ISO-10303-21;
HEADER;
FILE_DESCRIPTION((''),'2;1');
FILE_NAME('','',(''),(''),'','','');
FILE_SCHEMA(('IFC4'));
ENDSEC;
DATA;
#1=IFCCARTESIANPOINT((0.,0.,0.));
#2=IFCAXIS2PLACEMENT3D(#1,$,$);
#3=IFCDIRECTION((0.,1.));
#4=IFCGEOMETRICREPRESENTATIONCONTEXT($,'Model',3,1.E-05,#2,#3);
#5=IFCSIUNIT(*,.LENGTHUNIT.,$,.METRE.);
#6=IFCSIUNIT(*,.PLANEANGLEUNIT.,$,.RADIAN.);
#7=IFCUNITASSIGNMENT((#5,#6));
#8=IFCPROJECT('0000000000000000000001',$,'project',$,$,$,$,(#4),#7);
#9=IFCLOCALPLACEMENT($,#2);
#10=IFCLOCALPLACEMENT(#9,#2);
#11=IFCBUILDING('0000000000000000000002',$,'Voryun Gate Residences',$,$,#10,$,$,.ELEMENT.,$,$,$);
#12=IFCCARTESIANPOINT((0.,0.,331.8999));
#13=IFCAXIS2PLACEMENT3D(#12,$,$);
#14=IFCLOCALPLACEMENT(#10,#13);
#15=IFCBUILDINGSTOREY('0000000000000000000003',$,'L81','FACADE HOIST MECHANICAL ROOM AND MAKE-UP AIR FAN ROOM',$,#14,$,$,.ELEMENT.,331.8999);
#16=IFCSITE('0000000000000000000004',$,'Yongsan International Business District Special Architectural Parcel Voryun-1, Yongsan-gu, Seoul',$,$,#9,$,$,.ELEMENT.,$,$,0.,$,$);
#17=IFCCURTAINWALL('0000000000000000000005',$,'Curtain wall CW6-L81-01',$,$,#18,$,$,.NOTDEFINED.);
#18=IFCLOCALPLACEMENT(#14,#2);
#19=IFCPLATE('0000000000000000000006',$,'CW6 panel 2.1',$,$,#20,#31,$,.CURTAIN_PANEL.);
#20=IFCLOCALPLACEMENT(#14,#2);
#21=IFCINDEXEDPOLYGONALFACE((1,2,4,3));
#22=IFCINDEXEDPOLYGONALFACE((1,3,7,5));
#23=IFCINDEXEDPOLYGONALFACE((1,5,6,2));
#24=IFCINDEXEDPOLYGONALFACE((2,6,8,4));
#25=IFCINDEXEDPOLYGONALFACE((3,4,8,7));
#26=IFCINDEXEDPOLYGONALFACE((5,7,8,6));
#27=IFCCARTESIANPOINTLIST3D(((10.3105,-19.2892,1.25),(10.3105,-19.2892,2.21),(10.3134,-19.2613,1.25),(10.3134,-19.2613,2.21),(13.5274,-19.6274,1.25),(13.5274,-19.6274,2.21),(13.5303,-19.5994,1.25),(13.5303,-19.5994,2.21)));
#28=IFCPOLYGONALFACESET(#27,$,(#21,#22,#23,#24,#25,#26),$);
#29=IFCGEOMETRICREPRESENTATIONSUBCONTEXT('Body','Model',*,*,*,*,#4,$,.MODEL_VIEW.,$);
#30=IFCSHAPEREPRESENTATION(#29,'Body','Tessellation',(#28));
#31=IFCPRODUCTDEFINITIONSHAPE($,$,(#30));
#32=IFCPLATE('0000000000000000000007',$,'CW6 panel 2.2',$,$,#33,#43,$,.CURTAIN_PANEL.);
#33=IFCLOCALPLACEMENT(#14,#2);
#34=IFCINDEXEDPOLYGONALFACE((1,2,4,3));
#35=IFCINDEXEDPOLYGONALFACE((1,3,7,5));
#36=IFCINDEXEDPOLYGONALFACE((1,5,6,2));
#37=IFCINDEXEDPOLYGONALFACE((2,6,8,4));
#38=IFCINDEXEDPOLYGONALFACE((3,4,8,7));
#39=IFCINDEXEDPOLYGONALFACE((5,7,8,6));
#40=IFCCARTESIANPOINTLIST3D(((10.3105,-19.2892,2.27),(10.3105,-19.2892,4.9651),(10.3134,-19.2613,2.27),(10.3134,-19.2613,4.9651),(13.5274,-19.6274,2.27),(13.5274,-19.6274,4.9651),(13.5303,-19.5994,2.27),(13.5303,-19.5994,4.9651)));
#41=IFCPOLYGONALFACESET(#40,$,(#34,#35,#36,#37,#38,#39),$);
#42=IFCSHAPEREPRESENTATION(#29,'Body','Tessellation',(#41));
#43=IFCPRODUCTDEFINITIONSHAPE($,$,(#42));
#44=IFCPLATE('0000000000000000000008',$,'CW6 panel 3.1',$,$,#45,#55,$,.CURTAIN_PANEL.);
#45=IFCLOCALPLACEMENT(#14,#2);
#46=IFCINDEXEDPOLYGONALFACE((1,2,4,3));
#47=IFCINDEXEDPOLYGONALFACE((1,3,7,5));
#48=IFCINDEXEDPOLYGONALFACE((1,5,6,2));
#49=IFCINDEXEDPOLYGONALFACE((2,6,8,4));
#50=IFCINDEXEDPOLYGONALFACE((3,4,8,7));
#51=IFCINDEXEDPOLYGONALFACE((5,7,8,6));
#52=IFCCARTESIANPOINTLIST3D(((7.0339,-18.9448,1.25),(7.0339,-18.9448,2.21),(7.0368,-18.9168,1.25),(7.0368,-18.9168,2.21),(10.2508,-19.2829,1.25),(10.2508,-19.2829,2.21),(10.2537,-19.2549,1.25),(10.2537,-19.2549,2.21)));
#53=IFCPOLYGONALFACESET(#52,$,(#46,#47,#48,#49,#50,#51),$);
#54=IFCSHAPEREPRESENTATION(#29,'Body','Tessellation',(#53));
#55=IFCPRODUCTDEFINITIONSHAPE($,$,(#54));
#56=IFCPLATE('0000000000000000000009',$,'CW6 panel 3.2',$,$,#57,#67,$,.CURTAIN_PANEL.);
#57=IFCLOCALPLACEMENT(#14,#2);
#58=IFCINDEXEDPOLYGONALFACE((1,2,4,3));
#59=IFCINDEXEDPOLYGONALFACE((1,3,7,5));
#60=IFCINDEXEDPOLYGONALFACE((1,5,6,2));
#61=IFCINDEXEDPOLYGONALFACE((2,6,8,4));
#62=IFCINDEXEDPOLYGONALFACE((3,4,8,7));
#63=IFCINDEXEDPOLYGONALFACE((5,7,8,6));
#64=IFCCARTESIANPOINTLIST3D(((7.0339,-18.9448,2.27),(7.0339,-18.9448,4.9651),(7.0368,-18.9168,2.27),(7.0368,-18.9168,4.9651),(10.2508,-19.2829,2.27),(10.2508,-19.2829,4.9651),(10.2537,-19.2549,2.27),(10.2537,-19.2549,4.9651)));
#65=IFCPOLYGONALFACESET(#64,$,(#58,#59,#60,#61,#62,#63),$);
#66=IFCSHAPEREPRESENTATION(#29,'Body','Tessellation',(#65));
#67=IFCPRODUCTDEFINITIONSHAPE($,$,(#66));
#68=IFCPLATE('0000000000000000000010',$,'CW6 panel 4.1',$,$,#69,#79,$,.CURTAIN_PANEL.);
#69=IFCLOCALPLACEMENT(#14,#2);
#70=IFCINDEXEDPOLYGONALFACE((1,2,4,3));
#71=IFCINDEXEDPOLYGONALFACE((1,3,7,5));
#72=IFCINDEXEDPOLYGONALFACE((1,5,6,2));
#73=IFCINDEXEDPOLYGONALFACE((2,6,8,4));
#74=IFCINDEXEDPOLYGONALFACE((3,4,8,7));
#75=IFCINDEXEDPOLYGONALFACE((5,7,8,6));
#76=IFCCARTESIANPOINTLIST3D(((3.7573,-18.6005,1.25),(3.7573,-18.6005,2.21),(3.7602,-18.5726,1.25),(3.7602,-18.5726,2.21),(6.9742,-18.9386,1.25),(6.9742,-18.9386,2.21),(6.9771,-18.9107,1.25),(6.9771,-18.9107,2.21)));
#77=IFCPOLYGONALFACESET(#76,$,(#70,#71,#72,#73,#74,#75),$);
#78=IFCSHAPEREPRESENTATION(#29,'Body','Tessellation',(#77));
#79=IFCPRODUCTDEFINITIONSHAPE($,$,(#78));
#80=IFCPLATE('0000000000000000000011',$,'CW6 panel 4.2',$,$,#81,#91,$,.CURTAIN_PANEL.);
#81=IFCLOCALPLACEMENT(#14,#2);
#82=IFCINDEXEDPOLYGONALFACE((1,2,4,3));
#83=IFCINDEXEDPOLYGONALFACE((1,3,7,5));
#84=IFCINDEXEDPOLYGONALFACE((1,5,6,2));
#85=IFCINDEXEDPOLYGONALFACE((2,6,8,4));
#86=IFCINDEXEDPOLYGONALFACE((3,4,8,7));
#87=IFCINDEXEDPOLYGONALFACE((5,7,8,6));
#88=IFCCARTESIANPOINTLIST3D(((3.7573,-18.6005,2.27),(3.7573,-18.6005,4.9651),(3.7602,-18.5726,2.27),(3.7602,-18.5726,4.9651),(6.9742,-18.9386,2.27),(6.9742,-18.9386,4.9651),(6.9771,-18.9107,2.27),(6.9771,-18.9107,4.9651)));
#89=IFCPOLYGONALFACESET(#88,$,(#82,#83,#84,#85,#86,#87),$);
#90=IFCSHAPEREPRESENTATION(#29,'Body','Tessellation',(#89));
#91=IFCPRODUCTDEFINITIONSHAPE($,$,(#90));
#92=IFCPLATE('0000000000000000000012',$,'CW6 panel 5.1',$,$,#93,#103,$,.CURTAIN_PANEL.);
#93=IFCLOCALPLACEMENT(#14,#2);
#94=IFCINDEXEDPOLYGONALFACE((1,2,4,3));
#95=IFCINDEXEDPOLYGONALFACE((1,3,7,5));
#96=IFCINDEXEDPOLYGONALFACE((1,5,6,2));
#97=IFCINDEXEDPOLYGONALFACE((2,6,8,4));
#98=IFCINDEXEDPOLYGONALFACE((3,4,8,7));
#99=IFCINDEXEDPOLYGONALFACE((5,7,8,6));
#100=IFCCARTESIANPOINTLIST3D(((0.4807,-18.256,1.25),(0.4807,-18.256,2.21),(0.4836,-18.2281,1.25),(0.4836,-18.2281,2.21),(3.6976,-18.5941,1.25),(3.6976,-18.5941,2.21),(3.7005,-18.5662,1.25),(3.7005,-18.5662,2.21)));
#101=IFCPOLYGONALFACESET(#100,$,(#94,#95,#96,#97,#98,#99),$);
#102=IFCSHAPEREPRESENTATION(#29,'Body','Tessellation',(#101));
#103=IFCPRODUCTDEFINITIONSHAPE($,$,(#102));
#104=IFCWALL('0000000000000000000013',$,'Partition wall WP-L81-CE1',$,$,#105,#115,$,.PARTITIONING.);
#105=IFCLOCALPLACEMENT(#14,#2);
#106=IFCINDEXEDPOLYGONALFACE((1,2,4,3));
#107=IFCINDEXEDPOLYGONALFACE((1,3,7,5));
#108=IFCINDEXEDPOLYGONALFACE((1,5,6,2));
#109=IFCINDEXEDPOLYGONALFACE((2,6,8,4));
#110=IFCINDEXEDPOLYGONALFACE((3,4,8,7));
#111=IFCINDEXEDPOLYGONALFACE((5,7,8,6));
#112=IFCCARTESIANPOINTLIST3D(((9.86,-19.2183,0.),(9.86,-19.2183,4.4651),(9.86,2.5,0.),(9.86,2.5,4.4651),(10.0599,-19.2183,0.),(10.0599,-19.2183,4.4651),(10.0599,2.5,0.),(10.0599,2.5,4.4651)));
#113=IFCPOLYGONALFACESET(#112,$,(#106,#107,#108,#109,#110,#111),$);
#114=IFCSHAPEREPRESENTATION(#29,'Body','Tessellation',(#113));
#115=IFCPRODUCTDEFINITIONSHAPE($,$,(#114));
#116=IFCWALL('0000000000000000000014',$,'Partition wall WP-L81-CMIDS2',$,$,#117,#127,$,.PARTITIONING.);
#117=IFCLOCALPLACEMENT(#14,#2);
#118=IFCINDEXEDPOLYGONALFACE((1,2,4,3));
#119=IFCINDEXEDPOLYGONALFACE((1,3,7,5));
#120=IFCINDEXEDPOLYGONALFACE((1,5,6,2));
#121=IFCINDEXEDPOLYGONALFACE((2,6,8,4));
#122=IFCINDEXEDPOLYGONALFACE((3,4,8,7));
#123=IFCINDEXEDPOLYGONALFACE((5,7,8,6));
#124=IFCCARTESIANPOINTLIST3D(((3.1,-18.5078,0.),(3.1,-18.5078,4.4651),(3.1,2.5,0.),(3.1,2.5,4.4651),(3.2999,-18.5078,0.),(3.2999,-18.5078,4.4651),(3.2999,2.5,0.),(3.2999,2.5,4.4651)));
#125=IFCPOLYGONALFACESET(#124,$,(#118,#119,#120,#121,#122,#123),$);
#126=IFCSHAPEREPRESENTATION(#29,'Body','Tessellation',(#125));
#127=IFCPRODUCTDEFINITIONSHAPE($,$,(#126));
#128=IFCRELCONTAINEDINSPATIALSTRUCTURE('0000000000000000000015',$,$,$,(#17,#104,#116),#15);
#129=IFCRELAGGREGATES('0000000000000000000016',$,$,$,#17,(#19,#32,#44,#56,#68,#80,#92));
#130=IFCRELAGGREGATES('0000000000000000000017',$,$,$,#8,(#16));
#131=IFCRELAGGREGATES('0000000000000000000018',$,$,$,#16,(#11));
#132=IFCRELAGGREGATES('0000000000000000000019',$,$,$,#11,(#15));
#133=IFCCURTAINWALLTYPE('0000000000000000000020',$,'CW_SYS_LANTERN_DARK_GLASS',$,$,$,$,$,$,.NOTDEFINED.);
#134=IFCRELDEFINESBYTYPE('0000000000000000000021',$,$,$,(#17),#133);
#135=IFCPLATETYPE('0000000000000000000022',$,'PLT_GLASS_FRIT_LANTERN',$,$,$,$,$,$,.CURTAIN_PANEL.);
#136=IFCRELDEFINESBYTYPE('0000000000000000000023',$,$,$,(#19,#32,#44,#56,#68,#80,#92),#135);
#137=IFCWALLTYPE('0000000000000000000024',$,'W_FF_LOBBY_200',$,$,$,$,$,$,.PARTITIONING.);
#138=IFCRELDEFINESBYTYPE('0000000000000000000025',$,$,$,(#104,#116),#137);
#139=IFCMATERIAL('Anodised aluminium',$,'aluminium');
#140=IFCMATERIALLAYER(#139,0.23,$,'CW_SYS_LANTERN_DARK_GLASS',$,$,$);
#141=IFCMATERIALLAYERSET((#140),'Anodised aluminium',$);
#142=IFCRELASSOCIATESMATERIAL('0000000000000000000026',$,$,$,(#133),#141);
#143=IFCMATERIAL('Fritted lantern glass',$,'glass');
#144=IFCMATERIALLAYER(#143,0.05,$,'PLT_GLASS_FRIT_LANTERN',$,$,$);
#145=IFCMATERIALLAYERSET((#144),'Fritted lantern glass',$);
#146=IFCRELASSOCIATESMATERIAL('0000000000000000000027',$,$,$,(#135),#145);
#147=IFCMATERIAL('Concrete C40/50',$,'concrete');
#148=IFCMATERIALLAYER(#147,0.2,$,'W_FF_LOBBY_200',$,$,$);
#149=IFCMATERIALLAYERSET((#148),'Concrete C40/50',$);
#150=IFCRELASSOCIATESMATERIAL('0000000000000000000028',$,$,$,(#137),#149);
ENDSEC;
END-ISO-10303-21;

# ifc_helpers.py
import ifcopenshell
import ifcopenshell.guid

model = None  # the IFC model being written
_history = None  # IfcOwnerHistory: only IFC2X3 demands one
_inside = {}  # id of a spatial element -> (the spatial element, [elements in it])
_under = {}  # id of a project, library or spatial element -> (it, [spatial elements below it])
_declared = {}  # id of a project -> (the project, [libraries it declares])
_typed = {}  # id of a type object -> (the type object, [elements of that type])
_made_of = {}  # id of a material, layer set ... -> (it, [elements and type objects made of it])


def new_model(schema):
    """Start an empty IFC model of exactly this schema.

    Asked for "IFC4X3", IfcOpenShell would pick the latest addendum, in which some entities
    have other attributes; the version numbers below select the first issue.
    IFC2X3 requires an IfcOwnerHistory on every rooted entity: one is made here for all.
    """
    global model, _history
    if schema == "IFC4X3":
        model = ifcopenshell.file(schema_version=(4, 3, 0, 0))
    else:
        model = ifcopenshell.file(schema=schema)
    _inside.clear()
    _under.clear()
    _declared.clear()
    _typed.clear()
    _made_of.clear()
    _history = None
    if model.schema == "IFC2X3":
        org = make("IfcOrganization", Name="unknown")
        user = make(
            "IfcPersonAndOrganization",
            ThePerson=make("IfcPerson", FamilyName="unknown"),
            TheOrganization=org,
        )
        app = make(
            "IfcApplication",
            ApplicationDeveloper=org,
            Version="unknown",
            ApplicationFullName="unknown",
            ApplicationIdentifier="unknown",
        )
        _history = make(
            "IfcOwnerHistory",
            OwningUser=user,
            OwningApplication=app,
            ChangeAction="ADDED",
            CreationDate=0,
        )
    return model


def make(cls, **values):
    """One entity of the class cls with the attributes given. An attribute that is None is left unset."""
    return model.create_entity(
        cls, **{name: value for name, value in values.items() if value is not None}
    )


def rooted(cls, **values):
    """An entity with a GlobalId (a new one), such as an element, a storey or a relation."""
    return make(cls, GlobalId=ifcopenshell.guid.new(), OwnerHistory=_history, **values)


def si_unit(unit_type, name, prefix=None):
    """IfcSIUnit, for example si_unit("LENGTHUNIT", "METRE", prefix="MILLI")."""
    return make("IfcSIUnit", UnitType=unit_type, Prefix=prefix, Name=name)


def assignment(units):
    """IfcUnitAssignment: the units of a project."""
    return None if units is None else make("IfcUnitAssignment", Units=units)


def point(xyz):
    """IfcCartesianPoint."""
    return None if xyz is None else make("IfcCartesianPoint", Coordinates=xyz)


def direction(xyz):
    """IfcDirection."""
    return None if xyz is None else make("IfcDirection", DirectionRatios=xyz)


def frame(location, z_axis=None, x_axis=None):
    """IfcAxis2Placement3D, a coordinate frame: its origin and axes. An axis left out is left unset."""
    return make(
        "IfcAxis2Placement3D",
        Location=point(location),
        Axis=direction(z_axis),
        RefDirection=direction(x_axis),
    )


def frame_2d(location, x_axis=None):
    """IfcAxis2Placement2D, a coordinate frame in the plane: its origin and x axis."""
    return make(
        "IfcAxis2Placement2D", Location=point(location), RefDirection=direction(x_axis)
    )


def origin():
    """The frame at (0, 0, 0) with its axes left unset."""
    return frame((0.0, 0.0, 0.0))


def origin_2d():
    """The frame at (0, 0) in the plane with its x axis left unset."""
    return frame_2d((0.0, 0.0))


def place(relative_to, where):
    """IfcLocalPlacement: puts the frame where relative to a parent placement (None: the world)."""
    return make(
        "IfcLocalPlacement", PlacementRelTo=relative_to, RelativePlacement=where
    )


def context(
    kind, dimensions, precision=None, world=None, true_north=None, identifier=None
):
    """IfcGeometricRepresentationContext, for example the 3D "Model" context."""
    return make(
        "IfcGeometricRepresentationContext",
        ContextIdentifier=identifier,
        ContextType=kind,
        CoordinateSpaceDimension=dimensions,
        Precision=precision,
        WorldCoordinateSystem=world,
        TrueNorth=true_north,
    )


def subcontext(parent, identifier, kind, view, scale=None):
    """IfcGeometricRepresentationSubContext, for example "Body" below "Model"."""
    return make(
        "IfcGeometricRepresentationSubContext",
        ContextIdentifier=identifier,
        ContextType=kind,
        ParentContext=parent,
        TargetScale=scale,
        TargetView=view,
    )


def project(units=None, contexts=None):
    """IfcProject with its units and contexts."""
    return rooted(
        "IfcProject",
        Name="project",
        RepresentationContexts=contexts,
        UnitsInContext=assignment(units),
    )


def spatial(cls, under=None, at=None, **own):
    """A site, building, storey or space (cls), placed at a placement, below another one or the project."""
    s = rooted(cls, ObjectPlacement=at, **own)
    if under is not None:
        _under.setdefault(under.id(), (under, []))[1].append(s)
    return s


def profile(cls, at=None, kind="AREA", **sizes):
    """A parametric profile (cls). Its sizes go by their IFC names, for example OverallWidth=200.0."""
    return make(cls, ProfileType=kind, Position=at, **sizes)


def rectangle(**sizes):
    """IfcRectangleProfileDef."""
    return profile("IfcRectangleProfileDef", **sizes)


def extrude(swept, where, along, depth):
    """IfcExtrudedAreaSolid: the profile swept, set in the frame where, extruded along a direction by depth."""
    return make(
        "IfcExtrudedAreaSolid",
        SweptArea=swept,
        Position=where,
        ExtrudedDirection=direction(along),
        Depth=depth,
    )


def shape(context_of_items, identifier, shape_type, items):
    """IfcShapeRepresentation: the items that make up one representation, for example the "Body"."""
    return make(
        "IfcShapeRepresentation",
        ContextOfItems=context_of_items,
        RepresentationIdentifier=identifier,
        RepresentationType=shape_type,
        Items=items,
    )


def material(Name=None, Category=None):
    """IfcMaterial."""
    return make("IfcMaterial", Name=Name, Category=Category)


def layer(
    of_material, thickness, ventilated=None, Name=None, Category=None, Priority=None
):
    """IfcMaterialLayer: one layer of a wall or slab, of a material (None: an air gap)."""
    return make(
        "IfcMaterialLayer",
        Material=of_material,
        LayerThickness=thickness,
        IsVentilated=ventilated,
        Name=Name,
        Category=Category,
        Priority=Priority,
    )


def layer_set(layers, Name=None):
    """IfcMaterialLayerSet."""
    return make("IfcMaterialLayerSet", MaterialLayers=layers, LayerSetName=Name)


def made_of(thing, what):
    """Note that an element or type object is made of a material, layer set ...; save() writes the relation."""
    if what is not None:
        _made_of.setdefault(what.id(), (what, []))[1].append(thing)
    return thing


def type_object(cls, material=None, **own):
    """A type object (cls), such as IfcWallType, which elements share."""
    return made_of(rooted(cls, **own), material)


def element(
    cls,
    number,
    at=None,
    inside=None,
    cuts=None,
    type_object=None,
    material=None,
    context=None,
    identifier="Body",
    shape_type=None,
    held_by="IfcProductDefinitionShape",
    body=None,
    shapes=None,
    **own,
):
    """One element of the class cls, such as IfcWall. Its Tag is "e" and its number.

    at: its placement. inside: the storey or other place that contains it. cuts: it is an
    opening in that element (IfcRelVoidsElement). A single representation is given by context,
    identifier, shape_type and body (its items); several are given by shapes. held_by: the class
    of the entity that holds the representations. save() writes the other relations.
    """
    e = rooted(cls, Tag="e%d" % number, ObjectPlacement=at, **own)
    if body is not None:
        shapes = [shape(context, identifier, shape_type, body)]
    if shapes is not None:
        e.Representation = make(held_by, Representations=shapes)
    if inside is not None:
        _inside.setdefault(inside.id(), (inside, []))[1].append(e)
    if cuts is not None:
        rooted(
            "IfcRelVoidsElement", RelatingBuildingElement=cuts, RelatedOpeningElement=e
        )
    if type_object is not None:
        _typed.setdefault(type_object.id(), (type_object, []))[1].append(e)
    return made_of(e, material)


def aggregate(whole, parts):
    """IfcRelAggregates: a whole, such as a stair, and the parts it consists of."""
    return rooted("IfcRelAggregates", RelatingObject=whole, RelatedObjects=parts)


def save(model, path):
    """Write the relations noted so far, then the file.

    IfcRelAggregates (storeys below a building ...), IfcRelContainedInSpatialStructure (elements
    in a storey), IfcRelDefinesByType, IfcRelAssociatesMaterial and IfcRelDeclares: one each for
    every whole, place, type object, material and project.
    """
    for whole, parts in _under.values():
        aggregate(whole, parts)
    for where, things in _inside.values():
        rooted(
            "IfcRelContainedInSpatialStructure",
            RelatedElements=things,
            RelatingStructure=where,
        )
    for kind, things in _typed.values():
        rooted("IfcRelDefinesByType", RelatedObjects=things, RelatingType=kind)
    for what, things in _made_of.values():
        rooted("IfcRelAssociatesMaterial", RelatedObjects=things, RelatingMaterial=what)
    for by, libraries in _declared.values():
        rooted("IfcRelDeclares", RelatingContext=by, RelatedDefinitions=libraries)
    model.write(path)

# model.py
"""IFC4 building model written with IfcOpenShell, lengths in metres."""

from ifc_helpers import new_model, si_unit, direction, frame, frame_2d, origin, origin_2d, place, context, subcontext, project, spatial, rectangle, extrude, material, layer, layer_set, type_object, element, aggregate, save


model = new_model("IFC4")

# Units and contexts
model_context = context("Model", 3, precision=1e-05, world=origin(), true_north=direction((0.0, 1.0)))
body_context = subcontext(model_context, "Body", "Model", "MODEL_VIEW")
ifc_project = project(units=[si_unit("LENGTHUNIT", "METRE"), si_unit("PLANEANGLEUNIT", "RADIAN")], contexts=[model_context])

# Site, building, storey
site_placement = place(None, origin())
site = spatial("IfcSite", under=ifc_project, at=site_placement, Name="Yongsan International Business District Special Architectural Parcel Voryun-1, Yongsan-gu, Seoul", CompositionType="ELEMENT", RefElevation=0.0)
building_placement = place(site_placement, origin())
building = spatial("IfcBuilding", under=site, at=building_placement, Name="Voryun Gate Residences", CompositionType="ELEMENT")
storey_placement = place(building_placement, frame((0.0, 0.0, 331.8999)))
storey = spatial("IfcBuildingStorey", under=building, at=storey_placement, Name="L81", Description="FACADE HOIST MECHANICAL ROOM AND MAKE-UP AIR FAN ROOM", CompositionType="ELEMENT", Elevation=331.8999)

# Curtain wall
ifc_material_1 = material(Name="Anodised aluminium", Category="aluminium")
ifc_layer_1 = layer(ifc_material_1, 0.23, Name="CW_SYS_LANTERN_DARK_GLASS")
ifc_layer_set_1 = layer_set([ifc_layer_1], Name="Anodised aluminium")
curtain_wall_type = type_object("IfcCurtainWallType", Name="CW_SYS_LANTERN_DARK_GLASS", PredefinedType="NOTDEFINED", material=ifc_layer_set_1)
curtain_wall_placement = place(storey_placement, origin())
curtain_wall = element("IfcCurtainWall", 1, at=curtain_wall_placement, inside=storey, type_object=curtain_wall_type, Name="Curtain wall CW6-L81-01", PredefinedType="NOTDEFINED")

# Plates
ifc_material_2 = material(Name="Fritted lantern glass", Category="glass")
ifc_layer_2 = layer(ifc_material_2, 0.05, Name="PLT_GLASS_FRIT_LANTERN")
ifc_layer_set_2 = layer_set([ifc_layer_2], Name="Fritted lantern glass")
plate_type_1 = type_object("IfcPlateType", Name="PLT_GLASS_FRIT_LANTERN", PredefinedType="CURTAIN_PANEL", material=ifc_layer_set_2)
plate_1_placement = place(storey_placement, frame((11.9204, -19.4443, 1.25), z_axis=(0.0, 0.0, 1.0), x_axis=(-0.994522, 0.104528, 0.0)))
plate_1 = element("IfcPlate", 2, at=plate_1_placement, type_object=plate_type_1, Name="CW6 panel 2.1", PredefinedType="CURTAIN_PANEL", context=body_context, shape_type="SweptSolid", body=[
    extrude(rectangle(XDim=3.2346, YDim=0.0281, at=origin_2d()), origin(), (0.0, 0.0, 1.0), 0.96),
])
plate_2_placement = place(storey_placement, frame((11.9204, -19.4443, 2.27), z_axis=(0.0, 0.0, 1.0), x_axis=(-0.994522, 0.104528, 0.0)))
plate_2 = element("IfcPlate", 3, at=plate_2_placement, type_object=plate_type_1, Name="CW6 panel 2.2", PredefinedType="CURTAIN_PANEL", context=body_context, shape_type="SweptSolid", body=[
    extrude(rectangle(XDim=3.2346, YDim=0.0281, at=origin_2d()), origin(), (0.0, 0.0, 1.0), 2.6951),
])
plate_3_placement = place(storey_placement, frame((8.6438, -19.0999, 1.25), z_axis=(0.0, 0.0, 1.0), x_axis=(-0.994522, 0.104528, 0.0)))
plate_3 = element("IfcPlate", 4, at=plate_3_placement, type_object=plate_type_1, Name="CW6 panel 3.1", PredefinedType="CURTAIN_PANEL", context=body_context, shape_type="SweptSolid", body=[
    extrude(rectangle(XDim=3.2346, YDim=0.0281, at=origin_2d()), origin(), (0.0, 0.0, 1.0), 0.96),
])
plate_4_placement = place(storey_placement, frame((8.6438, -19.0999, 2.27), z_axis=(0.0, 0.0, 1.0), x_axis=(-0.994522, 0.104528, 0.0)))
plate_4 = element("IfcPlate", 5, at=plate_4_placement, type_object=plate_type_1, Name="CW6 panel 3.2", PredefinedType="CURTAIN_PANEL", context=body_context, shape_type="SweptSolid", body=[
    extrude(rectangle(XDim=3.2346, YDim=0.0281, at=origin_2d()), origin(), (0.0, 0.0, 1.0), 2.6951),
])
plate_5_placement = place(storey_placement, frame((5.3672, -18.7556, 1.25), z_axis=(0.0, 0.0, 1.0), x_axis=(-0.994522, 0.104528, 0.0)))
plate_5 = element("IfcPlate", 6, at=plate_5_placement, type_object=plate_type_1, Name="CW6 panel 4.1", PredefinedType="CURTAIN_PANEL", context=body_context, shape_type="SweptSolid", body=[
    extrude(rectangle(XDim=3.2346, YDim=0.0281, at=origin_2d()), origin(), (0.0, 0.0, 1.0), 0.96),
])
plate_6_placement = place(storey_placement, frame((5.3672, -18.7556, 2.27), z_axis=(0.0, 0.0, 1.0), x_axis=(-0.994522, 0.104528, 0.0)))
plate_6 = element("IfcPlate", 7, at=plate_6_placement, type_object=plate_type_1, Name="CW6 panel 4.2", PredefinedType="CURTAIN_PANEL", context=body_context, shape_type="SweptSolid", body=[
    extrude(rectangle(XDim=3.2346, YDim=0.0281, at=origin_2d()), origin(), (0.0, 0.0, 1.0), 2.6951),
])
plate_7_placement = place(storey_placement, frame((2.0906, -18.4111, 1.25), z_axis=(0.0, 0.0, 1.0), x_axis=(-0.994522, 0.104528, 0.0)))
plate_7 = element("IfcPlate", 8, at=plate_7_placement, type_object=plate_type_1, Name="CW6 panel 5.1", PredefinedType="CURTAIN_PANEL", context=body_context, shape_type="SweptSolid", body=[
    extrude(rectangle(XDim=3.2346, YDim=0.0281, at=origin_2d()), origin(), (0.0, 0.0, 1.0), 0.96),
])
aggregate(curtain_wall, [plate_1, plate_2, plate_3, plate_4, plate_5, plate_6, plate_7])

# Walls
ifc_material_3 = material(Name="Concrete C40/50", Category="concrete")
ifc_layer_3 = layer(ifc_material_3, 0.2, Name="W_FF_LOBBY_200")
ifc_layer_set_3 = layer_set([ifc_layer_3], Name="Concrete C40/50")
wall_type = type_object("IfcWallType", Name="W_FF_LOBBY_200", PredefinedType="PARTITIONING", material=ifc_layer_set_3)
wall_1_placement = place(storey_placement, frame((9.96, -19.2183, 0.0), z_axis=(0.0, 0.0, 1.0), x_axis=(0.0, 1.0, 0.0)))
element("IfcWall", 9, at=wall_1_placement, inside=storey, type_object=wall_type, Name="Partition wall WP-L81-CE1", PredefinedType="PARTITIONING", context=body_context, shape_type="SweptSolid", body=[
    extrude(rectangle(XDim=21.7183, YDim=0.2, at=frame_2d((10.8591, 0.0))), origin(), (0.0, 0.0, 1.0), 4.4651),
])
wall_2_placement = place(storey_placement, frame((3.2, -18.5078, 0.0), z_axis=(0.0, 0.0, 1.0), x_axis=(0.0, 1.0, 0.0)))
element("IfcWall", 10, at=wall_2_placement, inside=storey, type_object=wall_type, Name="Partition wall WP-L81-CMIDS2", PredefinedType="PARTITIONING", context=body_context, shape_type="SweptSolid", body=[
    extrude(rectangle(XDim=21.0078, YDim=0.2, at=frame_2d((10.5039, 0.0))), origin(), (0.0, 0.0, 1.0), 4.4651),
])

save(model, "model.ifc")
